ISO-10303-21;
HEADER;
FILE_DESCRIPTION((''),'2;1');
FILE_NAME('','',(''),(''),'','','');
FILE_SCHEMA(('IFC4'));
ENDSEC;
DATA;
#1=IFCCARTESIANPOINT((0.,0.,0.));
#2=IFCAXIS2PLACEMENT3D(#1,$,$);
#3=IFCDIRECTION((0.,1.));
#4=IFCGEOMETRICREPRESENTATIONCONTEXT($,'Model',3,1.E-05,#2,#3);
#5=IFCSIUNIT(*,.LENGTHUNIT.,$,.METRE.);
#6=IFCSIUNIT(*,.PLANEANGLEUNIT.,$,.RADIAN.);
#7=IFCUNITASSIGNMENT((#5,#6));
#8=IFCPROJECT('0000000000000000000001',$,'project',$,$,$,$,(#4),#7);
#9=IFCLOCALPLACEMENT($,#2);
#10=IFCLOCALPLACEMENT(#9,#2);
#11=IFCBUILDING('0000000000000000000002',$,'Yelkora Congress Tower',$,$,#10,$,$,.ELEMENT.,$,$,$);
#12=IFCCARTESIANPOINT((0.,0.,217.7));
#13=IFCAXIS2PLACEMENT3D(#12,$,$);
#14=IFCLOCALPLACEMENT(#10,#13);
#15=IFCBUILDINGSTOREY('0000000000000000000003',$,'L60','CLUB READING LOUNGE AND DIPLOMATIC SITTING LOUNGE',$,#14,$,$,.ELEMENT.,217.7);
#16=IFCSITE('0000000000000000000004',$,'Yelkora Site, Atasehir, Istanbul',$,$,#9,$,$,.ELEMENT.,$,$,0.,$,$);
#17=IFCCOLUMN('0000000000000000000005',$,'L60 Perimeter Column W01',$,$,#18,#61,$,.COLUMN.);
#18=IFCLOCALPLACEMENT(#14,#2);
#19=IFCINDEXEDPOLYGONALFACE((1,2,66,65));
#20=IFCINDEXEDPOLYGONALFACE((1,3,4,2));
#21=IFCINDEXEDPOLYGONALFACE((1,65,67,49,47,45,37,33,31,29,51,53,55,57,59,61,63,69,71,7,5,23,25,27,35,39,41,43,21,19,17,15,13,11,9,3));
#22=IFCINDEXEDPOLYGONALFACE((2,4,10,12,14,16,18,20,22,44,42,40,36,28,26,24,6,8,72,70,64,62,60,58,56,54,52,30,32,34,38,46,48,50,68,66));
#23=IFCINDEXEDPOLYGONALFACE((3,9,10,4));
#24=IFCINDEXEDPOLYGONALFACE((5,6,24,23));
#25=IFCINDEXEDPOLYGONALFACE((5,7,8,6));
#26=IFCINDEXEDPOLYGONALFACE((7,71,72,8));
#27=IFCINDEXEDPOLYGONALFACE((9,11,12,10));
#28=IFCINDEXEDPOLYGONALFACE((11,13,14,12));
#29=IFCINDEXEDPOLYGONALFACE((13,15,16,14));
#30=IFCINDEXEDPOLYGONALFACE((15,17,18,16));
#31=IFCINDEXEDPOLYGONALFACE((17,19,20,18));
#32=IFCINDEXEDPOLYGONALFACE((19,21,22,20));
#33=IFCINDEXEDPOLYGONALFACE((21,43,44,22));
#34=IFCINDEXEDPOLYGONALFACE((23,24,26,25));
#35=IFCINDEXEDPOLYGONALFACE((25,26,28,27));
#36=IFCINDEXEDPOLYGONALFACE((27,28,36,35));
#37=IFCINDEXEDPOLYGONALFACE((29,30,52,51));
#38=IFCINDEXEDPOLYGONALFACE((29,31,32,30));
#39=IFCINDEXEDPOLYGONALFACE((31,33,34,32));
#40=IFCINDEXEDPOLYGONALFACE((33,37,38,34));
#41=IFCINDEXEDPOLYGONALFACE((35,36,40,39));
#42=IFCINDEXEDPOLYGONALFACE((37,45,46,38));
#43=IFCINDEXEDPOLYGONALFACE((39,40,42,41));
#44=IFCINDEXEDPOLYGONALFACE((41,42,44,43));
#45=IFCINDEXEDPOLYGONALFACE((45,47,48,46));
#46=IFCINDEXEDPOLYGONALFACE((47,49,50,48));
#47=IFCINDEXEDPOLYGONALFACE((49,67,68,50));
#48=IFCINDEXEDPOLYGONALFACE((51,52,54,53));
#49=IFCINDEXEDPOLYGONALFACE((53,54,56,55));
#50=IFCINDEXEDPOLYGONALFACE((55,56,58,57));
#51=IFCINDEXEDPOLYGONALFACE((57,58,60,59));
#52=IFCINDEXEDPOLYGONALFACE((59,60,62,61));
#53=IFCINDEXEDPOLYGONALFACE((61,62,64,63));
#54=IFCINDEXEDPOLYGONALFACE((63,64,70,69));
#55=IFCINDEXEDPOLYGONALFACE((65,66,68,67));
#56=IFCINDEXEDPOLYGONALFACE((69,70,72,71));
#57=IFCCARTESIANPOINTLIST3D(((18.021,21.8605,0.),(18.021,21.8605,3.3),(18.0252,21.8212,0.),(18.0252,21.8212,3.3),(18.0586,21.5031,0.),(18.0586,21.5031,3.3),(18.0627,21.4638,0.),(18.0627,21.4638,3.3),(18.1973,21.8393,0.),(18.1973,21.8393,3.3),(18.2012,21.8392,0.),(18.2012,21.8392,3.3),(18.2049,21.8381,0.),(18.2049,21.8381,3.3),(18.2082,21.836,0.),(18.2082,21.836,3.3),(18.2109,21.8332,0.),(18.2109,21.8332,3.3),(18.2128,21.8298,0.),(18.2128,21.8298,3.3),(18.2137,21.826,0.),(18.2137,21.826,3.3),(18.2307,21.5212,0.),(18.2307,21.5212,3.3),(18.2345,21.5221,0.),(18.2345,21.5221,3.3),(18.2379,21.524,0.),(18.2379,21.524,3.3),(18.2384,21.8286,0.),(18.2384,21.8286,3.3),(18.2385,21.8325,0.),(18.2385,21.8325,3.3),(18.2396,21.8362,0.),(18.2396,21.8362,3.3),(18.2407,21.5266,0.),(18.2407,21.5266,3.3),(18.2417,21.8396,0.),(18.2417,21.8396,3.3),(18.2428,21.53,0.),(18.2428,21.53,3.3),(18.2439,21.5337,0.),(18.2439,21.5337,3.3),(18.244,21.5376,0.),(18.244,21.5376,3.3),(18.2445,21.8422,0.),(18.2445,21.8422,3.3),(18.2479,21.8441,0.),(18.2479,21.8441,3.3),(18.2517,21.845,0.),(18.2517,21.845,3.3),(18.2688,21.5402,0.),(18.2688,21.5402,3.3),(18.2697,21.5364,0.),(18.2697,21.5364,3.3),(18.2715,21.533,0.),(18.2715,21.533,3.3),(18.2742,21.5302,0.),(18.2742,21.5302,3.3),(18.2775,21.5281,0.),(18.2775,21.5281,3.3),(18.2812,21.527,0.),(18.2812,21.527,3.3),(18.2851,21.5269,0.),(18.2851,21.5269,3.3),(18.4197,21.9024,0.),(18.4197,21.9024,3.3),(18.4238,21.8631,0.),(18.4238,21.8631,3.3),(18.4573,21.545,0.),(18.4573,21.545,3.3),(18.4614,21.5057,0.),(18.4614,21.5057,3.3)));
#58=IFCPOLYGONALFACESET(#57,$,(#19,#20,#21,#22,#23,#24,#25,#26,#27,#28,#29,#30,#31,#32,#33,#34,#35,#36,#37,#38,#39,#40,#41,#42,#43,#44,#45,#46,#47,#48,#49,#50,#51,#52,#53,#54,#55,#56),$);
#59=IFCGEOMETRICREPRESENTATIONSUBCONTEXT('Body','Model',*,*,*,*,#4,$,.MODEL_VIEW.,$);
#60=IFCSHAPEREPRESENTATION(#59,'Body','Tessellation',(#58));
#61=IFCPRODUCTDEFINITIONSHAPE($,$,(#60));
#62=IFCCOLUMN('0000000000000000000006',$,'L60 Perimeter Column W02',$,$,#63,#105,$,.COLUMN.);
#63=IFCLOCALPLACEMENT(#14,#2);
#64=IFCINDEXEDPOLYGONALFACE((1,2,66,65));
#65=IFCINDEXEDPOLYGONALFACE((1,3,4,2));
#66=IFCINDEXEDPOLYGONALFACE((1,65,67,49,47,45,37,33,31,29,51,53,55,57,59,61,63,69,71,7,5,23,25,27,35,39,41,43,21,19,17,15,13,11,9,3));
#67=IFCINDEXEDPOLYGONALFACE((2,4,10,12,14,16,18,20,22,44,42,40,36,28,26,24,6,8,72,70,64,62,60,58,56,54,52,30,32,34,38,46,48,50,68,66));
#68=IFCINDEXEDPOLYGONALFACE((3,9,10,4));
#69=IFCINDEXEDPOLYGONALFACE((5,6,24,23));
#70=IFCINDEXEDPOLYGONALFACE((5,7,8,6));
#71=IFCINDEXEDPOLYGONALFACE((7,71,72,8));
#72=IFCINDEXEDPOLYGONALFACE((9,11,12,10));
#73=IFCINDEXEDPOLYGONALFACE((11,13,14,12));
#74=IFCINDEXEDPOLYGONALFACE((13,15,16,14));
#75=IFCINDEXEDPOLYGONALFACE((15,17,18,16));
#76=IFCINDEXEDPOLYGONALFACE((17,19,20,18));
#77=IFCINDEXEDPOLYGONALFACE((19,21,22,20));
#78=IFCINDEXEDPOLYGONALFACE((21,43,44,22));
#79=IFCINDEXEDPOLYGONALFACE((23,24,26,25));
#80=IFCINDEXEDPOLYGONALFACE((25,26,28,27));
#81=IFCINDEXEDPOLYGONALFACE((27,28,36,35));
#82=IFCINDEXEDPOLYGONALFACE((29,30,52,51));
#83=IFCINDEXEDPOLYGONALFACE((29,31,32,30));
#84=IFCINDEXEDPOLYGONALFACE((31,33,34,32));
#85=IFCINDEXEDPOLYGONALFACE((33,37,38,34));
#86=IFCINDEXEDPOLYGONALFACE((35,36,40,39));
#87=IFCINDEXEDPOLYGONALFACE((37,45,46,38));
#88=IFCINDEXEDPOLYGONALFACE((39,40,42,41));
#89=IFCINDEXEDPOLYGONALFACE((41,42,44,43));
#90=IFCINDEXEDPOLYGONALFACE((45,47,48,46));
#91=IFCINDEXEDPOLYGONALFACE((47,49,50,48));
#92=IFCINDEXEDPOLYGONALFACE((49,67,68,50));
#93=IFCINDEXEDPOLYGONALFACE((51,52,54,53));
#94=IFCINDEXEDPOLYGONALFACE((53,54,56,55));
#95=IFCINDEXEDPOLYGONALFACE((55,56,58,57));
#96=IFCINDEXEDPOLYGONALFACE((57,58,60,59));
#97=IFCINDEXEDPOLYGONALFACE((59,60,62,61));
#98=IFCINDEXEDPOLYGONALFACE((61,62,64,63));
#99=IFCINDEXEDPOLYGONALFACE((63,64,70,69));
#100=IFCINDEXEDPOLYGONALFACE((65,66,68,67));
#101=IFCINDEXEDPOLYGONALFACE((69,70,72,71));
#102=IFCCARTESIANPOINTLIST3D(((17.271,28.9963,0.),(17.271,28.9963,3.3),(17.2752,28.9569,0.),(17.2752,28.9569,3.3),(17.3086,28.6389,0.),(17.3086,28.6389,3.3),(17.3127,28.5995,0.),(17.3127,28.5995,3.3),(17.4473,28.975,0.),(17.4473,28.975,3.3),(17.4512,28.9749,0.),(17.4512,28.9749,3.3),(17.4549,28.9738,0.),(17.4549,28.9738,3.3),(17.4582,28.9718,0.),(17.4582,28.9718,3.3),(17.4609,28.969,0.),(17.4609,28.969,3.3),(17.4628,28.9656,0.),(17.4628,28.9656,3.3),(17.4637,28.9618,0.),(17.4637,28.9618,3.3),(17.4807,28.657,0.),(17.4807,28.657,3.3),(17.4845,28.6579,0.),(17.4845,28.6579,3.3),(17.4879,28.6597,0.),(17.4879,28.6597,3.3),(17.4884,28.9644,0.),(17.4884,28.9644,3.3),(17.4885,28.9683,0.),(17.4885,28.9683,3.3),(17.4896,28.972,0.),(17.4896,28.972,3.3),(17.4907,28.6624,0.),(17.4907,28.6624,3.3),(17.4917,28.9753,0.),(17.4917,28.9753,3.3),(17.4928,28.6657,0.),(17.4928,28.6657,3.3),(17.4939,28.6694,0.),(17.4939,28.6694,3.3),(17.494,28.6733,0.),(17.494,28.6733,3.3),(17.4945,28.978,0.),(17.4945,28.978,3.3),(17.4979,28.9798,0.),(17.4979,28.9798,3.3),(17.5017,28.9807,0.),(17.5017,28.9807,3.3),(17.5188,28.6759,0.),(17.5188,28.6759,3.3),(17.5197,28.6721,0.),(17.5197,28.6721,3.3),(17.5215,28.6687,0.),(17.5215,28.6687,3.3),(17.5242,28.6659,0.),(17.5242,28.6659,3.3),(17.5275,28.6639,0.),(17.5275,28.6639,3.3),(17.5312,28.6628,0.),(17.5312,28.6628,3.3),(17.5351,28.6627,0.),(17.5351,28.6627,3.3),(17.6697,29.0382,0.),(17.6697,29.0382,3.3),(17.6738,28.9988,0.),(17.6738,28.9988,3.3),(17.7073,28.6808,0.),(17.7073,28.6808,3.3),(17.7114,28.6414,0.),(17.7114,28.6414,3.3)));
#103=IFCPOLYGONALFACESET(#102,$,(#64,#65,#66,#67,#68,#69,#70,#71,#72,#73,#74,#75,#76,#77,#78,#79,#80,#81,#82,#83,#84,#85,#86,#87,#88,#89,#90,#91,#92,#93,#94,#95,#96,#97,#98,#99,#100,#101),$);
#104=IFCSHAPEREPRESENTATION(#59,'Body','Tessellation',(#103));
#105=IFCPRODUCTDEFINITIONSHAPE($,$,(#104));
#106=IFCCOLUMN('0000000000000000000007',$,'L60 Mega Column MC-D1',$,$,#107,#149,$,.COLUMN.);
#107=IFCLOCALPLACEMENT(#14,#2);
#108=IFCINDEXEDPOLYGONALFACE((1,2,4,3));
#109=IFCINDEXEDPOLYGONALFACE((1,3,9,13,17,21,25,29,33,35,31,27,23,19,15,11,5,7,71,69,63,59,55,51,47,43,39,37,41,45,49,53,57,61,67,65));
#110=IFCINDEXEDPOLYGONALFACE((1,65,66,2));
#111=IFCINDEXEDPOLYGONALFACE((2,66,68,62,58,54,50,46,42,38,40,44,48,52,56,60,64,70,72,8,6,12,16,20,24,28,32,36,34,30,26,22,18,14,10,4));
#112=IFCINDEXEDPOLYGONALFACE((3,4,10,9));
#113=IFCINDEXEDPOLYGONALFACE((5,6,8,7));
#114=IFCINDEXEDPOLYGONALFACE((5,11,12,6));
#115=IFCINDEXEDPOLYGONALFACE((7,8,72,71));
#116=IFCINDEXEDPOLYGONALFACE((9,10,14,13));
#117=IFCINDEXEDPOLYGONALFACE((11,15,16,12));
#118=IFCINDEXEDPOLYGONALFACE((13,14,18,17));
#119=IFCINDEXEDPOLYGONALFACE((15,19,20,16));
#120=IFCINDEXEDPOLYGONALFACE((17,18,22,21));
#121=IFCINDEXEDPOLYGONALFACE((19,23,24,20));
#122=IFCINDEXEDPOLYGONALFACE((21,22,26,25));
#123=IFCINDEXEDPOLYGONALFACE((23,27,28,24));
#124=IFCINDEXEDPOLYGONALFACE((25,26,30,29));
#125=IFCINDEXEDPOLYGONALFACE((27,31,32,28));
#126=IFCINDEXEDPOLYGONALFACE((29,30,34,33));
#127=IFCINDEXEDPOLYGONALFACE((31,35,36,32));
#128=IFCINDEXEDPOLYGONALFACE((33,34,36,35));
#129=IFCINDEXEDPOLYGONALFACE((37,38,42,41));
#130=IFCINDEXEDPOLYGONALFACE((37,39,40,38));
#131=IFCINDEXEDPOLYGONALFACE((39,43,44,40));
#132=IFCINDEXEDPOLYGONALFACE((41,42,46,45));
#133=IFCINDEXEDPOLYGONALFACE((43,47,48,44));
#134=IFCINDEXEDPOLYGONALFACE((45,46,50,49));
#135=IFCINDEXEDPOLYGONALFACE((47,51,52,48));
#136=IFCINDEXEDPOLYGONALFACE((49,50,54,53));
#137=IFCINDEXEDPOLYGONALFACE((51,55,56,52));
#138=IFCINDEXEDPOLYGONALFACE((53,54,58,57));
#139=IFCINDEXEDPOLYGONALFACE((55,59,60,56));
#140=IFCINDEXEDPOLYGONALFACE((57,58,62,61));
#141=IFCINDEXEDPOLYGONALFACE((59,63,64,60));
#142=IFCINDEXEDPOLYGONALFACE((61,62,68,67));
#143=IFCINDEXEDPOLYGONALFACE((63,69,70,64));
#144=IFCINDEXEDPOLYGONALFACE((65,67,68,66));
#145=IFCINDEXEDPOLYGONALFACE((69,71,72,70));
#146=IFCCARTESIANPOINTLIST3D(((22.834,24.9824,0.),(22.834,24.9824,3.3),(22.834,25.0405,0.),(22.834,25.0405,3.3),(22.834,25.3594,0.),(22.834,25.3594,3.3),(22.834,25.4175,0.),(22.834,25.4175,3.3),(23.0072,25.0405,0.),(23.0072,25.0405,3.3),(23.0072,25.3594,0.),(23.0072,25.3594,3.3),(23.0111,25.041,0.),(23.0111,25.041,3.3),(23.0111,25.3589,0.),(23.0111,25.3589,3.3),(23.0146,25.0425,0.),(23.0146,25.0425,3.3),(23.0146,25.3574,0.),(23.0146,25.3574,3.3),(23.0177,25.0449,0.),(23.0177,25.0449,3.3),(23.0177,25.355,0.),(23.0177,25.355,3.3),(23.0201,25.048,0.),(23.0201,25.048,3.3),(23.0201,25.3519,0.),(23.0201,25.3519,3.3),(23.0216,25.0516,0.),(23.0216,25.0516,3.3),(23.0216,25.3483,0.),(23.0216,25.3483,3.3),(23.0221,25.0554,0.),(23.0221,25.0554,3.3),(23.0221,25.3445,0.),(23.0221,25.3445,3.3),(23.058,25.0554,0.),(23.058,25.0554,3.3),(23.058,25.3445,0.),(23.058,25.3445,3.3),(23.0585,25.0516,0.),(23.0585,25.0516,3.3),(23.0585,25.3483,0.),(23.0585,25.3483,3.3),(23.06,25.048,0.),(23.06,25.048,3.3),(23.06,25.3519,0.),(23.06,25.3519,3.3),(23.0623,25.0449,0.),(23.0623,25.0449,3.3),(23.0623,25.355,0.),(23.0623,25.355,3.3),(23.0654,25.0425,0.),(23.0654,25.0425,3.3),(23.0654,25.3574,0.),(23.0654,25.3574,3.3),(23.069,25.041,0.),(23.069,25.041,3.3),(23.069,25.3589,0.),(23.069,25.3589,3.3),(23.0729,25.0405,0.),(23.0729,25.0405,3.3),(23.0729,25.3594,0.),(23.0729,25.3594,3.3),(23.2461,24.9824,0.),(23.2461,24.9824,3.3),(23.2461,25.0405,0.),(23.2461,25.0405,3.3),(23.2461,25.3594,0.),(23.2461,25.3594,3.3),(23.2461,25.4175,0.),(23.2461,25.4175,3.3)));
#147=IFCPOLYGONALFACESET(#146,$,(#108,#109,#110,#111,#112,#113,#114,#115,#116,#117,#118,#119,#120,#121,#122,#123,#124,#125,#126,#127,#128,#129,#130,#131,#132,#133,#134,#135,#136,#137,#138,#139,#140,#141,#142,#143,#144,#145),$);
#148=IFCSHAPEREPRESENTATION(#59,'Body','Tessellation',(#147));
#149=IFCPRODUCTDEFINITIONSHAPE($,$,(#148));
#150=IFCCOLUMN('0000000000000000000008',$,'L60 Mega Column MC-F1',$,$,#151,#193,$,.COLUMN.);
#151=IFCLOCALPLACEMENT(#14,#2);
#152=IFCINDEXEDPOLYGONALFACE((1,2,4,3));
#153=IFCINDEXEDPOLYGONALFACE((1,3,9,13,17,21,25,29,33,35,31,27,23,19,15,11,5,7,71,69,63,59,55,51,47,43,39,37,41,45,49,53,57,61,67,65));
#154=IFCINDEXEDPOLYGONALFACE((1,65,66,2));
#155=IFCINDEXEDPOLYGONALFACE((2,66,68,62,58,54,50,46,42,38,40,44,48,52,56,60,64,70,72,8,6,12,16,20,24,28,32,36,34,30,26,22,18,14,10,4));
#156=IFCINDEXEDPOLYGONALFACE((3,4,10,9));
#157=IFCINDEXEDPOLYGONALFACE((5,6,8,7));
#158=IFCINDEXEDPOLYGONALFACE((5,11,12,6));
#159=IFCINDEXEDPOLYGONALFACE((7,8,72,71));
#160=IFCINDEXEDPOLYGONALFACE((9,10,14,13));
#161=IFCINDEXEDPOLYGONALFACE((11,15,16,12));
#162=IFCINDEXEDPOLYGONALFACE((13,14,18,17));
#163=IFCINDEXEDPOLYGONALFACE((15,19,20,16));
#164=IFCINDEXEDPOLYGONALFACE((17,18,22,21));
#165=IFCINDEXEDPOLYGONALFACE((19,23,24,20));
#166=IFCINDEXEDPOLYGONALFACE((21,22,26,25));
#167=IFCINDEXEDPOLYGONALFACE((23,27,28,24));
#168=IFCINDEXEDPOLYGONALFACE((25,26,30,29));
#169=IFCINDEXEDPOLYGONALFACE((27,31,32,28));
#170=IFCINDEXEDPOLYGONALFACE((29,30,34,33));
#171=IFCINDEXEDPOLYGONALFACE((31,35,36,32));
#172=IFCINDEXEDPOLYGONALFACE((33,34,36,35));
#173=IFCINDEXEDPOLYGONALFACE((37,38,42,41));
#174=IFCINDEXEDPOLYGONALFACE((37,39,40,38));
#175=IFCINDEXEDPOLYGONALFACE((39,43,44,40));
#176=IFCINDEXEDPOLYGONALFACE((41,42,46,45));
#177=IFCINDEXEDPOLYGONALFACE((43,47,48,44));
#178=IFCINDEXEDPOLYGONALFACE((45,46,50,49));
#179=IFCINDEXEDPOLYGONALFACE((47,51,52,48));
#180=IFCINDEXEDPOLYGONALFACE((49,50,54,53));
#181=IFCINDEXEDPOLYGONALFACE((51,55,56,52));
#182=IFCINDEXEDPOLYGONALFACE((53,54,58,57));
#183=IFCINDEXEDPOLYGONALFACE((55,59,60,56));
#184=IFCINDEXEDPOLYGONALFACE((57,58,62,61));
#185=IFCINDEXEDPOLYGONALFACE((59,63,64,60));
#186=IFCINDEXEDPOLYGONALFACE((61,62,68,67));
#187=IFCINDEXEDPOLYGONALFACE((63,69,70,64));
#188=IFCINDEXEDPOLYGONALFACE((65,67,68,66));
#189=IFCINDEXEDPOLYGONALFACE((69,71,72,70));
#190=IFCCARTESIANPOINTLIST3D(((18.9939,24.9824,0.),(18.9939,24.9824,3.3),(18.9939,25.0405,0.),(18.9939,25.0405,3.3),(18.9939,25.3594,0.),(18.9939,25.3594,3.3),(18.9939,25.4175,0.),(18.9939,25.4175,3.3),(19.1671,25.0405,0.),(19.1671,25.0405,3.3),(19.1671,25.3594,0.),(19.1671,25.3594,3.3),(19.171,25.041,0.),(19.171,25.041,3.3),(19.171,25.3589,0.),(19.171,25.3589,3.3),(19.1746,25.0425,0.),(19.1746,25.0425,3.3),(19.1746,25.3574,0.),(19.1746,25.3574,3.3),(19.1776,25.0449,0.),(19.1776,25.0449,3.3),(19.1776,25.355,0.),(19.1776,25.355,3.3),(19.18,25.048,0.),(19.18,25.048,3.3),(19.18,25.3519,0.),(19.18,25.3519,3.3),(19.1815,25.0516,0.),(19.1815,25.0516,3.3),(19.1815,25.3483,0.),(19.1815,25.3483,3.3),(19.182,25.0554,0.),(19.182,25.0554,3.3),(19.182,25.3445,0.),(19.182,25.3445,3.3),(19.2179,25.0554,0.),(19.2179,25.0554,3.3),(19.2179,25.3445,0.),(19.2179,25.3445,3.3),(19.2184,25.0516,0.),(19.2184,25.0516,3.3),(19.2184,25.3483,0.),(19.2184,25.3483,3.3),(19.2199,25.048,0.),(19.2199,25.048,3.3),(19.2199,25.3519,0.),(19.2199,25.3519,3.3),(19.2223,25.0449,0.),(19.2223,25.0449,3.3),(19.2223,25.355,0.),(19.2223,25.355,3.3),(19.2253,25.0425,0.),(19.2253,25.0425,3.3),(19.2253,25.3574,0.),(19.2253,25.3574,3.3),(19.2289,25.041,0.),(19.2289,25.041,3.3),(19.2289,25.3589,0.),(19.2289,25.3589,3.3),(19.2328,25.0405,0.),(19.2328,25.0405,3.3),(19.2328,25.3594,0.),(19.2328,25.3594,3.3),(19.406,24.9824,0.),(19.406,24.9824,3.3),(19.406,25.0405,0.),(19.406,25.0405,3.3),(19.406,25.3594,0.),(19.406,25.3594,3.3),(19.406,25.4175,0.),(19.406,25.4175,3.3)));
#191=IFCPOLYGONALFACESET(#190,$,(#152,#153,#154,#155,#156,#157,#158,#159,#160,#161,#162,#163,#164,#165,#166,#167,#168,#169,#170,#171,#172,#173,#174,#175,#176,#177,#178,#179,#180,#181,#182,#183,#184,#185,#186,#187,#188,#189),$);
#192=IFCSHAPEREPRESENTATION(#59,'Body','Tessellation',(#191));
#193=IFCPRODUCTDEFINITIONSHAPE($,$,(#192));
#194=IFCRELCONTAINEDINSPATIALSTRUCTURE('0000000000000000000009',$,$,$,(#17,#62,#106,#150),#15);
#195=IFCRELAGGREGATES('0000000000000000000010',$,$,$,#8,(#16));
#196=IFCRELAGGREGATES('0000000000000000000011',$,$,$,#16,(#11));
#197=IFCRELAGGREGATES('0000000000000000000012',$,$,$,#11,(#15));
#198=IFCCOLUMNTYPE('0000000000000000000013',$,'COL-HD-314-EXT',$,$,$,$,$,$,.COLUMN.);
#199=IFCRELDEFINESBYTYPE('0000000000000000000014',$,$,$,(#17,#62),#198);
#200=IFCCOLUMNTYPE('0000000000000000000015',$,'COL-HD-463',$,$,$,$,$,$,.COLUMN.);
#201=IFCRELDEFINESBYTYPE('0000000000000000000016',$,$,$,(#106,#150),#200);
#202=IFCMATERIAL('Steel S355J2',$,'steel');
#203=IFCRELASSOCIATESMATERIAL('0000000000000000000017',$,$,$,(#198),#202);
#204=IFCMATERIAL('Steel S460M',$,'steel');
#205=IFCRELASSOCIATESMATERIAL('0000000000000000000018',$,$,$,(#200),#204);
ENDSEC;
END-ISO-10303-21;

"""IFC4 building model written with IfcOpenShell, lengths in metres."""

from ifc_helpers import new_model, si_unit, direction, frame, origin, origin_2d, place, context, subcontext, project, spatial, i_section, extrude, material, material_profile, profile_set, type_object, element, save


model = new_model("IFC4")

# Units and contexts
model_context = context("Model", 3, precision=1e-05, world=origin(), true_north=direction((0.0, 1.0)))
body_context = subcontext(model_context, "Body", "Model", "MODEL_VIEW")
ifc_project = project(units=[si_unit("LENGTHUNIT", "METRE"), si_unit("PLANEANGLEUNIT", "RADIAN")], contexts=[model_context])

# Site, building, storey
site_placement = place(None, origin())
site = spatial("IfcSite", under=ifc_project, at=site_placement, Name="Yelkora Site, Atasehir, Istanbul", CompositionType="ELEMENT", RefElevation=0.0)
building_placement = place(site_placement, origin())
building = spatial("IfcBuilding", under=site, at=building_placement, Name="Yelkora Congress Tower", CompositionType="ELEMENT")
storey_placement = place(building_placement, frame((0.0, 0.0, 217.7)))
storey = spatial("IfcBuildingStorey", under=building, at=storey_placement, Name="L60", Description="CLUB READING LOUNGE AND DIPLOMATIC SITTING LOUNGE", CompositionType="ELEMENT", Elevation=217.7)

# Columns
ifc_material_1 = material(Name="Steel S355J2", Category="steel")
ifc_material_profile_1 = material_profile(ifc_material_1, i_section(OverallWidth=0.4009, OverallDepth=0.3989, WebThickness=0.0249, FlangeThickness=0.0396, FilletRadius=0.0149, at=origin_2d()), Name="HD 400x314")
ifc_profile_set_1 = profile_set([ifc_material_profile_1], Name="Steel S355J2")
column_type_1 = type_object("IfcColumnType", Name="COL-HD-314-EXT", PredefinedType="COLUMN", material=ifc_profile_set_1)
for number, where, z_axis, x_axis, name in (
    (1, (18.2412, 21.6831, 0.0), (0.0, 0.0, 1.0), (0.994522, 0.104528, 0.0), "L60 Perimeter Column W01"),
    (2, (17.4912, 28.8188, 0.0), (0.0, 0.0, 1.0), (0.994522, 0.104528, 0.0), "L60 Perimeter Column W02"),
):
    element("IfcColumn", number, at=place(storey_placement, frame(where, z_axis=z_axis, x_axis=x_axis)), inside=storey, type_object=column_type_1, Name=name, PredefinedType="COLUMN", context=body_context, shape_type="SweptSolid", body=[
        extrude(i_section(OverallWidth=0.4009, OverallDepth=0.3989, WebThickness=0.0249, FlangeThickness=0.0396, FilletRadius=0.0149, at=origin_2d()), origin(), (0.0, 0.0, 1.0), 3.3),
    ])
ifc_material_2 = material(Name="Steel S460M", Category="steel")
ifc_material_profile_2 = material_profile(ifc_material_2, i_section(OverallWidth=0.4121, OverallDepth=0.4351, WebThickness=0.0359, FlangeThickness=0.0581, FilletRadius=0.0149, at=origin_2d()), Name="HD 400x463")
ifc_profile_set_2 = profile_set([ifc_material_profile_2], Name="Steel S460M")
column_type_2 = type_object("IfcColumnType", Name="COL-HD-463", PredefinedType="COLUMN", material=ifc_profile_set_2)
for number, where, z_axis, x_axis, name in (
    (3, (23.04, 25.2, 0.0), (0.0, 0.0, 1.0), (1.0, 0.0, 0.0), "L60 Mega Column MC-D1"),
    (4, (19.2, 25.2, 0.0), (0.0, 0.0, 1.0), (1.0, 0.0, 0.0), "L60 Mega Column MC-F1"),
):
    element("IfcColumn", number, at=place(storey_placement, frame(where, z_axis=z_axis, x_axis=x_axis)), inside=storey, type_object=column_type_2, Name=name, PredefinedType="COLUMN", context=body_context, shape_type="SweptSolid", body=[
        extrude(i_section(OverallWidth=0.4121, OverallDepth=0.4351, WebThickness=0.0359, FlangeThickness=0.0581, FilletRadius=0.0149, at=origin_2d()), origin(), (0.0, 0.0, 1.0), 3.3),
    ])

save(model, "model.ifc")
